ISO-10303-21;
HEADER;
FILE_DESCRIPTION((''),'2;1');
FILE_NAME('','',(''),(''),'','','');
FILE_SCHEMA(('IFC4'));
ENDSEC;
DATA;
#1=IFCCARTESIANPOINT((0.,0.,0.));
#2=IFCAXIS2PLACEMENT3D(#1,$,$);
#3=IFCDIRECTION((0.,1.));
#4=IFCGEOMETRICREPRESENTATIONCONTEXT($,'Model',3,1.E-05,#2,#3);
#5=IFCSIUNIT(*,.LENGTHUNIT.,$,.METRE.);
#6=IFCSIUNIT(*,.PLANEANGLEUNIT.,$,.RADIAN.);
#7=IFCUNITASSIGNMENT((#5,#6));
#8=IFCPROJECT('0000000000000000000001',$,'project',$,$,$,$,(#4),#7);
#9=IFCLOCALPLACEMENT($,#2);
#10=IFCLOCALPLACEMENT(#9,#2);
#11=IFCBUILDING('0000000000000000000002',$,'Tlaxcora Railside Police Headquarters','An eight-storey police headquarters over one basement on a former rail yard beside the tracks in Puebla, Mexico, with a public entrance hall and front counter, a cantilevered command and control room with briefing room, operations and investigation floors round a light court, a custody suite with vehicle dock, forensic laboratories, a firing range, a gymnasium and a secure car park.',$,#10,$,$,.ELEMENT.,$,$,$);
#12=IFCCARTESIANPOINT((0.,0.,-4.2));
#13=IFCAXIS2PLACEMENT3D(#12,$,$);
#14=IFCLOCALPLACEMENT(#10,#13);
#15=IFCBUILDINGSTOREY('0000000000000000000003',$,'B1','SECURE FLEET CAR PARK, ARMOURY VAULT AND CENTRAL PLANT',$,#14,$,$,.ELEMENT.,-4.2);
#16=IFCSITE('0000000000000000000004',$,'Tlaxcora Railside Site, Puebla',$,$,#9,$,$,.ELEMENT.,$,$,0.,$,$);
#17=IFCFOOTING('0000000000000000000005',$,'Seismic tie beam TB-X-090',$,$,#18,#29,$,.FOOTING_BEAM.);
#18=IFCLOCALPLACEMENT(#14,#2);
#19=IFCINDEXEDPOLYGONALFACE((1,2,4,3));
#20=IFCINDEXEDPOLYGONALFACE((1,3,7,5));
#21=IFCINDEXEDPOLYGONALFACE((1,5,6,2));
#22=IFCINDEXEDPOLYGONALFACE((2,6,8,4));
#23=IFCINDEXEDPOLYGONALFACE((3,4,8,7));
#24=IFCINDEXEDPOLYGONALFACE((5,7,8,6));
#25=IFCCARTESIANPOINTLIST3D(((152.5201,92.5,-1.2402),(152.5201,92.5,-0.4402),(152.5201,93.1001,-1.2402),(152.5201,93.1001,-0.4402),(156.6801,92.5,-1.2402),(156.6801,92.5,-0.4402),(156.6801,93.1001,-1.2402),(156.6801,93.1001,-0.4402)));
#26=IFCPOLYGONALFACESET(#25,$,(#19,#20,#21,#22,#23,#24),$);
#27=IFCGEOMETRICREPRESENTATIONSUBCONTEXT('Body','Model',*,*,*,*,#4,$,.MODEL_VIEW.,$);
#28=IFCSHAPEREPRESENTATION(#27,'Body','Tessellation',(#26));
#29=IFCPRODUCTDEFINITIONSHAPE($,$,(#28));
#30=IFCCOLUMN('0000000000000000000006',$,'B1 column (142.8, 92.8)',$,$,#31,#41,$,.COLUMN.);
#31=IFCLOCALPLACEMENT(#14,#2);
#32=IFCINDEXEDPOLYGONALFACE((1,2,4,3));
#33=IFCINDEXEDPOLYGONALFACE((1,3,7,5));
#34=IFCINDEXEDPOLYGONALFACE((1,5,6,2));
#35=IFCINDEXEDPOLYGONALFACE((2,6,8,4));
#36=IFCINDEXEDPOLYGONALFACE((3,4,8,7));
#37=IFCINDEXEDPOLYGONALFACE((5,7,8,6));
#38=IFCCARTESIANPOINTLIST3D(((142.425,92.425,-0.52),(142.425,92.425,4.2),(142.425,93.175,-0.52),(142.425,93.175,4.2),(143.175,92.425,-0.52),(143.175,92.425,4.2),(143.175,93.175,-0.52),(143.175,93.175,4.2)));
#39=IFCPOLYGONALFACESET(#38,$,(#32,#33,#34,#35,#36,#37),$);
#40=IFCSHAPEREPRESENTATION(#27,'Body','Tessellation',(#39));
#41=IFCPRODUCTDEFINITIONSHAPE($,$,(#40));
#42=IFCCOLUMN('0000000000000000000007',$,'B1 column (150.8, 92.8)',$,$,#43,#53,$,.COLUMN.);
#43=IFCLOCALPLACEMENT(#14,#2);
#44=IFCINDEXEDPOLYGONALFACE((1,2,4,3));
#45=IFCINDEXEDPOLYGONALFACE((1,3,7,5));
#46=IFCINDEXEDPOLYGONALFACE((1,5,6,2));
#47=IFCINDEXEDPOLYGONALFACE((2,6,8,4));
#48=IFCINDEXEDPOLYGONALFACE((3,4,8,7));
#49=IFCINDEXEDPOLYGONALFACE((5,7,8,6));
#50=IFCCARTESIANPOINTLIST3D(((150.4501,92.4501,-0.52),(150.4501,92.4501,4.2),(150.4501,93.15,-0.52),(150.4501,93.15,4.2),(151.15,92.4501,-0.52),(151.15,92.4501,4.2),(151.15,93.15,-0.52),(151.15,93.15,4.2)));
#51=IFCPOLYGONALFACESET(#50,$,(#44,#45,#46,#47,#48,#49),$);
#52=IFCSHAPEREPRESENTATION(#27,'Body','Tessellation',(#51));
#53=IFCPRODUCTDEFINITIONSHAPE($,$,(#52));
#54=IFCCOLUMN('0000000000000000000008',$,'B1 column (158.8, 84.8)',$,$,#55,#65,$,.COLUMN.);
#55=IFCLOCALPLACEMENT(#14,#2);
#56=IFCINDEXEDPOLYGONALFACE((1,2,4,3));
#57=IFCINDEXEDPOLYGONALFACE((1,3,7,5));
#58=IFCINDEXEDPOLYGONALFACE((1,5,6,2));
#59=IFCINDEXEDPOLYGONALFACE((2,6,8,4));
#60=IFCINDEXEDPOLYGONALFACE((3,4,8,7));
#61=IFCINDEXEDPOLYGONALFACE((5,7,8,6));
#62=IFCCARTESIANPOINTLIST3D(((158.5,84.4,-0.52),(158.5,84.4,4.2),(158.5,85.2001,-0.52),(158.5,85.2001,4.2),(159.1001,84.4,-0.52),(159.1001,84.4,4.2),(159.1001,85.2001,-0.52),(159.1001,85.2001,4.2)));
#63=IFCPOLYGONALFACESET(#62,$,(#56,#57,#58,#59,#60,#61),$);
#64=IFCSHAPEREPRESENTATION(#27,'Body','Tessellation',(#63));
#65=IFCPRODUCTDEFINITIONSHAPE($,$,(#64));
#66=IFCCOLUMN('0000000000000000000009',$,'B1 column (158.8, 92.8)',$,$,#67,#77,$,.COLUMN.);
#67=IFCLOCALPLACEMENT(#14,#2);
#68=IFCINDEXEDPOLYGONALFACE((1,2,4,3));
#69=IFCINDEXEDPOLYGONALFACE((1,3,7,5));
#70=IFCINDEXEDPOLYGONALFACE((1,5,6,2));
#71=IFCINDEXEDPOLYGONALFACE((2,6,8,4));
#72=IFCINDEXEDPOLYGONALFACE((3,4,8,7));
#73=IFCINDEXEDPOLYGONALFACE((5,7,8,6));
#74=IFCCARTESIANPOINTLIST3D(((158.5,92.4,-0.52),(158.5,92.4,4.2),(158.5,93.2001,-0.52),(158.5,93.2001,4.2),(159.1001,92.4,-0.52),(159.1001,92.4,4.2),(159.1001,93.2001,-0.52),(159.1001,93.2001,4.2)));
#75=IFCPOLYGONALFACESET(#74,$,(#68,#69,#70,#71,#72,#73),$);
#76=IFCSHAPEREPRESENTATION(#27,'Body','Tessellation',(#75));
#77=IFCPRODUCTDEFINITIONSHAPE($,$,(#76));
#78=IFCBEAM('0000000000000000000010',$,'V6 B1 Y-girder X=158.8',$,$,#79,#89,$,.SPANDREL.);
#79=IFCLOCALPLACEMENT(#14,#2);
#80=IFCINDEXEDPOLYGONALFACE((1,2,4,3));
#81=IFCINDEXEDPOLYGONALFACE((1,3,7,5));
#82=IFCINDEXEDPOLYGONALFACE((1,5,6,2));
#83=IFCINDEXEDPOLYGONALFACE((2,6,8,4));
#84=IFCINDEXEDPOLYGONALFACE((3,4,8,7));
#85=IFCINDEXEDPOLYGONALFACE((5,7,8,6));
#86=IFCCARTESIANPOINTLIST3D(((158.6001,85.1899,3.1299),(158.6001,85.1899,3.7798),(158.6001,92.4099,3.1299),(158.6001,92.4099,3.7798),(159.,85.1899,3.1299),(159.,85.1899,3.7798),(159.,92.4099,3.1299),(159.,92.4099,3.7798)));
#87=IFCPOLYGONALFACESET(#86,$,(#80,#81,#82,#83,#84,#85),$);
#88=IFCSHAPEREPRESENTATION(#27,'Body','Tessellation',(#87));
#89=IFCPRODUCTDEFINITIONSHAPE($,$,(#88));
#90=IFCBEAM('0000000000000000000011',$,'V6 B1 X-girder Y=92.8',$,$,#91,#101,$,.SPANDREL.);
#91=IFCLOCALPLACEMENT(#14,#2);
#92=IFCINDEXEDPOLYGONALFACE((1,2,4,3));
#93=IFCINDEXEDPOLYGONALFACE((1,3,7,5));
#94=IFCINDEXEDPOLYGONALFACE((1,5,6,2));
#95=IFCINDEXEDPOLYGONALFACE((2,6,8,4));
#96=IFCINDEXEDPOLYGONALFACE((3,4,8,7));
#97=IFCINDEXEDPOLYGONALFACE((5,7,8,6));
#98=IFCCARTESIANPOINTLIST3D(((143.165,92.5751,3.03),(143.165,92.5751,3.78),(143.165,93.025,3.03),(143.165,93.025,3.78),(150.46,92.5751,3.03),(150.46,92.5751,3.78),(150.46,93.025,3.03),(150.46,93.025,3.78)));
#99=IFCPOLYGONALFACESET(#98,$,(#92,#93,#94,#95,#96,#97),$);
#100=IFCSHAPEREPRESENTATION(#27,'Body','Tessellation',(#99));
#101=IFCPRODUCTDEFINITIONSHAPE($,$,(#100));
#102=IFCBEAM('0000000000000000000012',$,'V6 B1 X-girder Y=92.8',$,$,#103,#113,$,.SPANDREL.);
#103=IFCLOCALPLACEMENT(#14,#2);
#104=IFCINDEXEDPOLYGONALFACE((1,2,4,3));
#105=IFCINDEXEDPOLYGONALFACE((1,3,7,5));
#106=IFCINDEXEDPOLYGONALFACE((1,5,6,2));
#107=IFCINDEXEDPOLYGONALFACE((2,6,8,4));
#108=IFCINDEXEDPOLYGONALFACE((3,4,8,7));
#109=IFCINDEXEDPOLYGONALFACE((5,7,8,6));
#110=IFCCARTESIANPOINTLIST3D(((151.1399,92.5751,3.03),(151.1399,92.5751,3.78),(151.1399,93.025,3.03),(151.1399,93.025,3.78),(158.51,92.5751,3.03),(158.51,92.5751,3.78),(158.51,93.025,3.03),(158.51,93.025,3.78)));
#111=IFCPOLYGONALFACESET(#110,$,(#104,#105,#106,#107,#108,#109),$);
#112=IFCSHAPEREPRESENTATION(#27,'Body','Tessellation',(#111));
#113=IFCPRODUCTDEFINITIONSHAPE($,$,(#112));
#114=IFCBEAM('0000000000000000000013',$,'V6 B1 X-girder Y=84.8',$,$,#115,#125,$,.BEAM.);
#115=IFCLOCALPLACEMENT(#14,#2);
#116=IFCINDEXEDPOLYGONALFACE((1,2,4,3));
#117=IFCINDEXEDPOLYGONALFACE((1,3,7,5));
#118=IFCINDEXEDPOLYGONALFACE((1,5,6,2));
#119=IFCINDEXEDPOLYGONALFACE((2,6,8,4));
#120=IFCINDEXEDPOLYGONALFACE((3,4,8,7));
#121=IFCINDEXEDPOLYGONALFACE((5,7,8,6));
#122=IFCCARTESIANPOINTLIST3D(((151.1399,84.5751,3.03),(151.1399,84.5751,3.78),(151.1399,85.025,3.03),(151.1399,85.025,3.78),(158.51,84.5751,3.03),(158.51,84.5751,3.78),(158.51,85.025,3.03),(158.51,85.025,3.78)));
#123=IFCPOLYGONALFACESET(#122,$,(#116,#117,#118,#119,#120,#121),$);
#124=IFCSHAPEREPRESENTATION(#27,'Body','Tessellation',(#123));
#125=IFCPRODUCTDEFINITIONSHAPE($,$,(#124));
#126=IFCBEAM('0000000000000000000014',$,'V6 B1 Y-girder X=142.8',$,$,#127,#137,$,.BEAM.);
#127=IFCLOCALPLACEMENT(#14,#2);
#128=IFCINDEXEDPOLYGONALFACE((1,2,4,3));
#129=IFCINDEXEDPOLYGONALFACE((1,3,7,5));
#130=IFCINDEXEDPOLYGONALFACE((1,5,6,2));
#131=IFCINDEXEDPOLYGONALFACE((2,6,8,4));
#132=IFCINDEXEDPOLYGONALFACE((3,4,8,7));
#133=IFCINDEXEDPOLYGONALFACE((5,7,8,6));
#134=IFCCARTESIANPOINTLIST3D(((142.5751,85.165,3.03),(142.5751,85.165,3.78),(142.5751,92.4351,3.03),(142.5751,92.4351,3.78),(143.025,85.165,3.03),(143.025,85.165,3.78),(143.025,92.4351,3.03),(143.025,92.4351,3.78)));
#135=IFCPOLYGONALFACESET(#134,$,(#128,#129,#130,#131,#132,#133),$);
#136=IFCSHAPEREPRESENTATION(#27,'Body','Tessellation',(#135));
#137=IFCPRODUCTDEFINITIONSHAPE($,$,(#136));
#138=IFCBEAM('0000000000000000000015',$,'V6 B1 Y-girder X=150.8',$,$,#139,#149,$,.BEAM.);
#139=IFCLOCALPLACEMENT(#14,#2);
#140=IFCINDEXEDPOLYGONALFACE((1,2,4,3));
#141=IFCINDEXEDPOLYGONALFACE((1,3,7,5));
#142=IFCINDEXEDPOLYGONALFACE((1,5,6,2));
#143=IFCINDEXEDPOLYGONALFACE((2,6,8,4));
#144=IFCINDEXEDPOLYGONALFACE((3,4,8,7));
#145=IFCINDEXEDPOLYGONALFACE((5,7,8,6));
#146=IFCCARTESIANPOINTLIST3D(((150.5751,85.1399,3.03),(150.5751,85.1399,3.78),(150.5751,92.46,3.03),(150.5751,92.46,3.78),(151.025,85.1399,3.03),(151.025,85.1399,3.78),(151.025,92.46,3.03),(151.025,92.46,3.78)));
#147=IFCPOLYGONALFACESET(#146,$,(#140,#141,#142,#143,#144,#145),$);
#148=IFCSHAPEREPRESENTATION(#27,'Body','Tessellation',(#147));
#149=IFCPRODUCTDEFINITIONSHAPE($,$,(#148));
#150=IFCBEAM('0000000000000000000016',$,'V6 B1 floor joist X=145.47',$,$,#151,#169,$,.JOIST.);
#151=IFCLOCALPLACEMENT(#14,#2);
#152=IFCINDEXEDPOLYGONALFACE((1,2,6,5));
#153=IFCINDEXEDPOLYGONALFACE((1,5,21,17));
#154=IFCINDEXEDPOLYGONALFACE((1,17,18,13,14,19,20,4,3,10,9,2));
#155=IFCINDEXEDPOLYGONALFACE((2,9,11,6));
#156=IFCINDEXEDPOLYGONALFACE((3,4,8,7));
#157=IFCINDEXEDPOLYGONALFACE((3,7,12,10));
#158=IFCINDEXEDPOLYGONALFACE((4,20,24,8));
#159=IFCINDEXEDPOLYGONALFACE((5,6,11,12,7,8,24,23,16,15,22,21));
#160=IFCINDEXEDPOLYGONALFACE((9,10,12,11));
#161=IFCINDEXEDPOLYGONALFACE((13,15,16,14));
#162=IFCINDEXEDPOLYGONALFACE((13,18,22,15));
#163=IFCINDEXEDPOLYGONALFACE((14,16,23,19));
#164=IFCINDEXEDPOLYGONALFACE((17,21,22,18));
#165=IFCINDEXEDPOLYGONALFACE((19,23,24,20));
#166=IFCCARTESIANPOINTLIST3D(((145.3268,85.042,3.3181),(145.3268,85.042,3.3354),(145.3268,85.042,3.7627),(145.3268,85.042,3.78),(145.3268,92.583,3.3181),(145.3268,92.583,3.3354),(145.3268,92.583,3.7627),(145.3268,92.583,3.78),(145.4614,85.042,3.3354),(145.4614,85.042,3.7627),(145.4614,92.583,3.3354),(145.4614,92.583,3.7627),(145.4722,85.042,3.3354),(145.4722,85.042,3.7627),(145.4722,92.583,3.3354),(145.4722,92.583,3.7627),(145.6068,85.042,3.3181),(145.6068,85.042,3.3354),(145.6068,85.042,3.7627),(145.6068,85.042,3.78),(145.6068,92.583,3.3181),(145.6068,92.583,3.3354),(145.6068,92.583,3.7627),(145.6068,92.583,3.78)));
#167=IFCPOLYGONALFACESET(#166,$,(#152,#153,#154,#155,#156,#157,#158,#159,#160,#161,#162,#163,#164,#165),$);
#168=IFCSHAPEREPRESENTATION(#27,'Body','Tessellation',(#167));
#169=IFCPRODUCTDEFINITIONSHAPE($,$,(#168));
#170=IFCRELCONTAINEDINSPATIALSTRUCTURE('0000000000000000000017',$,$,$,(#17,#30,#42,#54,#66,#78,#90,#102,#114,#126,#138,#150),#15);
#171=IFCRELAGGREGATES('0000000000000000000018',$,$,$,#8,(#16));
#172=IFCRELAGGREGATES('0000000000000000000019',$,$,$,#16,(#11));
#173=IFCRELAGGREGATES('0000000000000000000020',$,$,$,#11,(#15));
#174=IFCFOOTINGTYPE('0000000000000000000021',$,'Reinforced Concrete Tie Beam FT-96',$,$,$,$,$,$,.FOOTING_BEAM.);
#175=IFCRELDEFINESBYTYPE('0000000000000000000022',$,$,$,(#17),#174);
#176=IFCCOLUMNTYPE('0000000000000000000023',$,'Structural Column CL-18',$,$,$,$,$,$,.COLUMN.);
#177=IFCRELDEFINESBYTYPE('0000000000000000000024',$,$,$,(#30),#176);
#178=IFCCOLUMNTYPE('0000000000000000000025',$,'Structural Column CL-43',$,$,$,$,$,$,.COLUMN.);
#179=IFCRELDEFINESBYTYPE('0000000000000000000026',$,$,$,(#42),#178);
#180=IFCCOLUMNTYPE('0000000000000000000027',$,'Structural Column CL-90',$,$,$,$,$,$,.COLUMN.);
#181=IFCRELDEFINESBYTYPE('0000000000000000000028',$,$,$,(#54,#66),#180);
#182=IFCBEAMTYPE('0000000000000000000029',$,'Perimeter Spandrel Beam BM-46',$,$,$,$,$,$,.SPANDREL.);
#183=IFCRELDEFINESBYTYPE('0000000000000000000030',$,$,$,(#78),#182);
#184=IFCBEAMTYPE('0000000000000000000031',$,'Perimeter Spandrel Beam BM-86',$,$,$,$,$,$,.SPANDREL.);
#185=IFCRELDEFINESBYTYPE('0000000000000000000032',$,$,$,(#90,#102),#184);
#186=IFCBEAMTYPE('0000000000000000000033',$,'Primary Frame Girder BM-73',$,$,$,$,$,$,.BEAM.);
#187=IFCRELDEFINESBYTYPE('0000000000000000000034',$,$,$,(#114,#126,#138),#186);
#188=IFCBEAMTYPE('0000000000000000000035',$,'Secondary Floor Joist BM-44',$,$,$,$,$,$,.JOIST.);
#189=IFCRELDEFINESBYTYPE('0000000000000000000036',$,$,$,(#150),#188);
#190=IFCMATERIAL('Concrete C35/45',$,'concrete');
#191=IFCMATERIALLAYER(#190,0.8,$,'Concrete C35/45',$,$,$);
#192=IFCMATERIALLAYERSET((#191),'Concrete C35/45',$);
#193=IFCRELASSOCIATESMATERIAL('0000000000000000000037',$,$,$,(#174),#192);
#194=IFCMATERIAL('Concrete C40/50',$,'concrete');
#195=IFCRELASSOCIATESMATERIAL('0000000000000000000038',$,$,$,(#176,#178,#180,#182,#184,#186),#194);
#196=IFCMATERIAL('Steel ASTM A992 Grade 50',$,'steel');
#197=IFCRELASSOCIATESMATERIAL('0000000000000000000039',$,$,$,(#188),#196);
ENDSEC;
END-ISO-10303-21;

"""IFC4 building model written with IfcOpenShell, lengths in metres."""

from ifc_helpers import new_model, si_unit, direction, frame, origin, origin_2d, place, context, subcontext, project, spatial, rectangle, i_section, extrude, material, layer, layer_set, material_profile, profile_set, type_object, element, save


model = new_model("IFC4")

# Units and contexts
model_context = context("Model", 3, precision=1e-05, world=origin(), true_north=direction((0.0, 1.0)))
body_context = subcontext(model_context, "Body", "Model", "MODEL_VIEW")
ifc_project = project(units=[si_unit("LENGTHUNIT", "METRE"), si_unit("PLANEANGLEUNIT", "RADIAN")], contexts=[model_context])

# Site, building, storey
site_placement = place(None, origin())
site = spatial("IfcSite", under=ifc_project, at=site_placement, Name="Tlaxcora Railside Site, Puebla", CompositionType="ELEMENT", RefElevation=0.0)
building_placement = place(site_placement, origin())
building = spatial("IfcBuilding", under=site, at=building_placement, Name="Tlaxcora Railside Police Headquarters", Description="An eight-storey police headquarters over one basement on a former rail yard beside the tracks in Puebla, Mexico, with a public entrance hall and front counter, a cantilevered command and control room with briefing room, operations and investigation floors round a light court, a custody suite with vehicle dock, forensic laboratories, a firing range, a gymnasium and a secure car park.", CompositionType="ELEMENT")
storey_placement = place(building_placement, frame((0.0, 0.0, -4.2)))
storey = spatial("IfcBuildingStorey", under=building, at=storey_placement, Name="B1", Description="SECURE FLEET CAR PARK, ARMOURY VAULT AND CENTRAL PLANT", CompositionType="ELEMENT", Elevation=-4.2)

# Shared definitions
ifc_material_1 = material(Name="Concrete C35/45", Category="concrete")

# Footing
ifc_material_2 = material(Name="Concrete C40/50", Category="concrete")
ifc_layer_1 = layer(ifc_material_1, 0.8, Name="Concrete C35/45")
ifc_layer_set_1 = layer_set([ifc_layer_1], Name="Concrete C35/45")
footing_type_1 = type_object("IfcFootingType", Name="Reinforced Concrete Tie Beam FT-96", PredefinedType="FOOTING_BEAM", material=ifc_layer_set_1)
footing_1_placement = place(storey_placement, frame((154.6001, 92.8, -1.2402), z_axis=(0.0, 0.0, 1.0), x_axis=(1.0, 0.0, 0.0)))
element("IfcFooting", 1, at=footing_1_placement, inside=storey, type_object=footing_type_1, Name="Seismic tie beam TB-X-090", PredefinedType="FOOTING_BEAM", context=body_context, shape_type="SweptSolid", body=[
    extrude(rectangle(XDim=4.1599, YDim=0.6001, at=origin_2d()), origin(), (0.0, 0.0, 1.0), 0.8),
])

# Columns
ifc_material_profile_1 = material_profile(ifc_material_2, rectangle(XDim=0.75, YDim=0.75, at=origin_2d()), Name="RC750X750")
ifc_profile_set_1 = profile_set([ifc_material_profile_1], Name="Concrete C40/50")
column_type_1 = type_object("IfcColumnType", Name="Structural Column CL-18", PredefinedType="COLUMN", material=ifc_profile_set_1)
column_1_placement = place(storey_placement, frame((142.8, 92.8, -0.52), z_axis=(0.0, 0.0, 1.0), x_axis=(1.0, 0.0, 0.0)))
element("IfcColumn", 2, at=column_1_placement, inside=storey, type_object=column_type_1, Name="B1 column (142.8, 92.8)", PredefinedType="COLUMN", context=body_context, shape_type="SweptSolid", body=[
    extrude(rectangle(XDim=0.75, YDim=0.75, at=origin_2d()), origin(), (0.0, 0.0, 1.0), 4.72),
])
ifc_material_profile_2 = material_profile(ifc_material_2, rectangle(XDim=0.7, YDim=0.7, at=origin_2d()), Name="RC700X700")
ifc_profile_set_2 = profile_set([ifc_material_profile_2], Name="Concrete C40/50")
column_type_2 = type_object("IfcColumnType", Name="Structural Column CL-43", PredefinedType="COLUMN", material=ifc_profile_set_2)
column_2_placement = place(storey_placement, frame((150.8, 92.8, -0.52), z_axis=(0.0, 0.0, 1.0), x_axis=(1.0, 0.0, 0.0)))
element("IfcColumn", 3, at=column_2_placement, inside=storey, type_object=column_type_2, Name="B1 column (150.8, 92.8)", PredefinedType="COLUMN", context=body_context, shape_type="SweptSolid", body=[
    extrude(rectangle(XDim=0.7, YDim=0.7, at=origin_2d()), origin(), (0.0, 0.0, 1.0), 4.72),
])
ifc_material_profile_3 = material_profile(ifc_material_2, rectangle(XDim=0.6001, YDim=0.8, at=origin_2d()), Name="RC600X800")
ifc_profile_set_3 = profile_set([ifc_material_profile_3], Name="Concrete C40/50")
column_type_3 = type_object("IfcColumnType", Name="Structural Column CL-90", PredefinedType="COLUMN", material=ifc_profile_set_3)
for number, where, z_axis, x_axis, name in (
    (4, (158.8, 84.8, -0.52), (0.0, 0.0, 1.0), (1.0, 0.0, 0.0), "B1 column (158.8, 84.8)"),
    (5, (158.8, 92.8, -0.52), (0.0, 0.0, 1.0), (1.0, 0.0, 0.0), "B1 column (158.8, 92.8)"),
):
    element("IfcColumn", number, at=place(storey_placement, frame(where, z_axis=z_axis, x_axis=x_axis)), inside=storey, type_object=column_type_3, Name=name, PredefinedType="COLUMN", context=body_context, shape_type="SweptSolid", body=[
        extrude(rectangle(XDim=0.6001, YDim=0.8, at=origin_2d()), origin(), (0.0, 0.0, 1.0), 4.72),
    ])

# Beams
ifc_material_profile_4 = material_profile(ifc_material_2, rectangle(XDim=0.3999, YDim=0.6499, at=origin_2d()), Name="RC400X650")
ifc_profile_set_4 = profile_set([ifc_material_profile_4], Name="Concrete C40/50")
beam_type_1 = type_object("IfcBeamType", Name="Perimeter Spandrel Beam BM-46", PredefinedType="SPANDREL", material=ifc_profile_set_4)
beam_1_placement = place(storey_placement, frame((158.8, 85.1899, 3.4548), z_axis=(0.0, 1.0, 0.0), x_axis=(-1.0, 0.0, 0.0)))
element("IfcBeam", 6, at=beam_1_placement, inside=storey, type_object=beam_type_1, Name="V6 B1 Y-girder X=158.8", PredefinedType="SPANDREL", context=body_context, shape_type="SweptSolid", body=[
    extrude(rectangle(XDim=0.3999, YDim=0.6499, at=origin_2d()), origin(), (0.0, 0.0, 1.0), 7.22),
])
ifc_material_profile_5 = material_profile(ifc_material_2, rectangle(XDim=0.45, YDim=0.75, at=origin_2d()), Name="RC450X750")
ifc_profile_set_5 = profile_set([ifc_material_profile_5], Name="Concrete C40/50")
beam_type_2 = type_object("IfcBeamType", Name="Perimeter Spandrel Beam BM-86", PredefinedType="SPANDREL", material=ifc_profile_set_5)
beam_2_placement = place(storey_placement, frame((143.165, 92.8, 3.405), z_axis=(1.0, 0.0, 0.0), x_axis=(0.0, 1.0, 0.0)))
element("IfcBeam", 7, at=beam_2_placement, inside=storey, type_object=beam_type_2, Name="V6 B1 X-girder Y=92.8", PredefinedType="SPANDREL", context=body_context, shape_type="SweptSolid", body=[
    extrude(rectangle(XDim=0.45, YDim=0.75, at=origin_2d()), origin(), (0.0, 0.0, 1.0), 7.2949),
])
beam_3_placement = place(storey_placement, frame((151.1399, 92.8, 3.405), z_axis=(1.0, 0.0, 0.0), x_axis=(0.0, 1.0, 0.0)))
element("IfcBeam", 8, at=beam_3_placement, inside=storey, type_object=beam_type_2, Name="V6 B1 X-girder Y=92.8", PredefinedType="SPANDREL", context=body_context, shape_type="SweptSolid", body=[
    extrude(rectangle(XDim=0.45, YDim=0.75, at=origin_2d()), origin(), (0.0, 0.0, 1.0), 7.3701),
])
ifc_material_profile_6 = material_profile(ifc_material_2, rectangle(XDim=0.45, YDim=0.75, at=origin_2d()), Name="RC450X750")
ifc_profile_set_6 = profile_set([ifc_material_profile_6], Name="Concrete C40/50")
beam_type_3 = type_object("IfcBeamType", Name="Primary Frame Girder BM-73", PredefinedType="BEAM", material=ifc_profile_set_6)
beam_4_placement = place(storey_placement, frame((151.1399, 84.8, 3.405), z_axis=(1.0, 0.0, 0.0), x_axis=(0.0, 1.0, 0.0)))
element("IfcBeam", 9, at=beam_4_placement, inside=storey, type_object=beam_type_3, Name="V6 B1 X-girder Y=84.8", PredefinedType="BEAM", context=body_context, shape_type="SweptSolid", body=[
    extrude(rectangle(XDim=0.45, YDim=0.75, at=origin_2d()), origin(), (0.0, 0.0, 1.0), 7.3701),
])
beam_5_placement = place(storey_placement, frame((142.8, 85.165, 3.405), z_axis=(0.0, 1.0, 0.0), x_axis=(-1.0, 0.0, 0.0)))
element("IfcBeam", 10, at=beam_5_placement, inside=storey, type_object=beam_type_3, Name="V6 B1 Y-girder X=142.8", PredefinedType="BEAM", context=body_context, shape_type="SweptSolid", body=[
    extrude(rectangle(XDim=0.45, YDim=0.75, at=origin_2d()), origin(), (0.0, 0.0, 1.0), 7.27),
])
beam_6_placement = place(storey_placement, frame((150.8, 85.1399, 3.405), z_axis=(0.0, 1.0, 0.0), x_axis=(-1.0, 0.0, 0.0)))
element("IfcBeam", 11, at=beam_6_placement, inside=storey, type_object=beam_type_3, Name="V6 B1 Y-girder X=150.8", PredefinedType="BEAM", context=body_context, shape_type="SweptSolid", body=[
    extrude(rectangle(XDim=0.45, YDim=0.75, at=origin_2d()), origin(), (0.0, 0.0, 1.0), 7.3201),
])
ifc_material_3 = material(Name="Steel ASTM A992 Grade 50", Category="steel")
ifc_material_profile_7 = material_profile(ifc_material_3, i_section(OverallWidth=0.28, OverallDepth=0.4619, WebThickness=0.0107, FlangeThickness=0.0173, at=origin_2d()), Name="W18X76")
ifc_profile_set_7 = profile_set([ifc_material_profile_7], Name="Steel ASTM A992 Grade 50")
beam_type_4 = type_object("IfcBeamType", Name="Secondary Floor Joist BM-44", PredefinedType="JOIST", material=ifc_profile_set_7)
beam_7_placement = place(storey_placement, frame((145.4668, 85.042, 3.5491), z_axis=(0.0, 1.0, 0.0), x_axis=(-1.0, 0.0, 0.0)))
element("IfcBeam", 12, at=beam_7_placement, inside=storey, type_object=beam_type_4, Name="V6 B1 floor joist X=145.47", PredefinedType="JOIST", context=body_context, shape_type="SweptSolid", body=[
    extrude(i_section(OverallWidth=0.28, OverallDepth=0.4619, WebThickness=0.0107, FlangeThickness=0.0173, at=origin_2d()), origin(), (0.0, 0.0, 1.0), 7.541),
])

save(model, "model.ifc")
